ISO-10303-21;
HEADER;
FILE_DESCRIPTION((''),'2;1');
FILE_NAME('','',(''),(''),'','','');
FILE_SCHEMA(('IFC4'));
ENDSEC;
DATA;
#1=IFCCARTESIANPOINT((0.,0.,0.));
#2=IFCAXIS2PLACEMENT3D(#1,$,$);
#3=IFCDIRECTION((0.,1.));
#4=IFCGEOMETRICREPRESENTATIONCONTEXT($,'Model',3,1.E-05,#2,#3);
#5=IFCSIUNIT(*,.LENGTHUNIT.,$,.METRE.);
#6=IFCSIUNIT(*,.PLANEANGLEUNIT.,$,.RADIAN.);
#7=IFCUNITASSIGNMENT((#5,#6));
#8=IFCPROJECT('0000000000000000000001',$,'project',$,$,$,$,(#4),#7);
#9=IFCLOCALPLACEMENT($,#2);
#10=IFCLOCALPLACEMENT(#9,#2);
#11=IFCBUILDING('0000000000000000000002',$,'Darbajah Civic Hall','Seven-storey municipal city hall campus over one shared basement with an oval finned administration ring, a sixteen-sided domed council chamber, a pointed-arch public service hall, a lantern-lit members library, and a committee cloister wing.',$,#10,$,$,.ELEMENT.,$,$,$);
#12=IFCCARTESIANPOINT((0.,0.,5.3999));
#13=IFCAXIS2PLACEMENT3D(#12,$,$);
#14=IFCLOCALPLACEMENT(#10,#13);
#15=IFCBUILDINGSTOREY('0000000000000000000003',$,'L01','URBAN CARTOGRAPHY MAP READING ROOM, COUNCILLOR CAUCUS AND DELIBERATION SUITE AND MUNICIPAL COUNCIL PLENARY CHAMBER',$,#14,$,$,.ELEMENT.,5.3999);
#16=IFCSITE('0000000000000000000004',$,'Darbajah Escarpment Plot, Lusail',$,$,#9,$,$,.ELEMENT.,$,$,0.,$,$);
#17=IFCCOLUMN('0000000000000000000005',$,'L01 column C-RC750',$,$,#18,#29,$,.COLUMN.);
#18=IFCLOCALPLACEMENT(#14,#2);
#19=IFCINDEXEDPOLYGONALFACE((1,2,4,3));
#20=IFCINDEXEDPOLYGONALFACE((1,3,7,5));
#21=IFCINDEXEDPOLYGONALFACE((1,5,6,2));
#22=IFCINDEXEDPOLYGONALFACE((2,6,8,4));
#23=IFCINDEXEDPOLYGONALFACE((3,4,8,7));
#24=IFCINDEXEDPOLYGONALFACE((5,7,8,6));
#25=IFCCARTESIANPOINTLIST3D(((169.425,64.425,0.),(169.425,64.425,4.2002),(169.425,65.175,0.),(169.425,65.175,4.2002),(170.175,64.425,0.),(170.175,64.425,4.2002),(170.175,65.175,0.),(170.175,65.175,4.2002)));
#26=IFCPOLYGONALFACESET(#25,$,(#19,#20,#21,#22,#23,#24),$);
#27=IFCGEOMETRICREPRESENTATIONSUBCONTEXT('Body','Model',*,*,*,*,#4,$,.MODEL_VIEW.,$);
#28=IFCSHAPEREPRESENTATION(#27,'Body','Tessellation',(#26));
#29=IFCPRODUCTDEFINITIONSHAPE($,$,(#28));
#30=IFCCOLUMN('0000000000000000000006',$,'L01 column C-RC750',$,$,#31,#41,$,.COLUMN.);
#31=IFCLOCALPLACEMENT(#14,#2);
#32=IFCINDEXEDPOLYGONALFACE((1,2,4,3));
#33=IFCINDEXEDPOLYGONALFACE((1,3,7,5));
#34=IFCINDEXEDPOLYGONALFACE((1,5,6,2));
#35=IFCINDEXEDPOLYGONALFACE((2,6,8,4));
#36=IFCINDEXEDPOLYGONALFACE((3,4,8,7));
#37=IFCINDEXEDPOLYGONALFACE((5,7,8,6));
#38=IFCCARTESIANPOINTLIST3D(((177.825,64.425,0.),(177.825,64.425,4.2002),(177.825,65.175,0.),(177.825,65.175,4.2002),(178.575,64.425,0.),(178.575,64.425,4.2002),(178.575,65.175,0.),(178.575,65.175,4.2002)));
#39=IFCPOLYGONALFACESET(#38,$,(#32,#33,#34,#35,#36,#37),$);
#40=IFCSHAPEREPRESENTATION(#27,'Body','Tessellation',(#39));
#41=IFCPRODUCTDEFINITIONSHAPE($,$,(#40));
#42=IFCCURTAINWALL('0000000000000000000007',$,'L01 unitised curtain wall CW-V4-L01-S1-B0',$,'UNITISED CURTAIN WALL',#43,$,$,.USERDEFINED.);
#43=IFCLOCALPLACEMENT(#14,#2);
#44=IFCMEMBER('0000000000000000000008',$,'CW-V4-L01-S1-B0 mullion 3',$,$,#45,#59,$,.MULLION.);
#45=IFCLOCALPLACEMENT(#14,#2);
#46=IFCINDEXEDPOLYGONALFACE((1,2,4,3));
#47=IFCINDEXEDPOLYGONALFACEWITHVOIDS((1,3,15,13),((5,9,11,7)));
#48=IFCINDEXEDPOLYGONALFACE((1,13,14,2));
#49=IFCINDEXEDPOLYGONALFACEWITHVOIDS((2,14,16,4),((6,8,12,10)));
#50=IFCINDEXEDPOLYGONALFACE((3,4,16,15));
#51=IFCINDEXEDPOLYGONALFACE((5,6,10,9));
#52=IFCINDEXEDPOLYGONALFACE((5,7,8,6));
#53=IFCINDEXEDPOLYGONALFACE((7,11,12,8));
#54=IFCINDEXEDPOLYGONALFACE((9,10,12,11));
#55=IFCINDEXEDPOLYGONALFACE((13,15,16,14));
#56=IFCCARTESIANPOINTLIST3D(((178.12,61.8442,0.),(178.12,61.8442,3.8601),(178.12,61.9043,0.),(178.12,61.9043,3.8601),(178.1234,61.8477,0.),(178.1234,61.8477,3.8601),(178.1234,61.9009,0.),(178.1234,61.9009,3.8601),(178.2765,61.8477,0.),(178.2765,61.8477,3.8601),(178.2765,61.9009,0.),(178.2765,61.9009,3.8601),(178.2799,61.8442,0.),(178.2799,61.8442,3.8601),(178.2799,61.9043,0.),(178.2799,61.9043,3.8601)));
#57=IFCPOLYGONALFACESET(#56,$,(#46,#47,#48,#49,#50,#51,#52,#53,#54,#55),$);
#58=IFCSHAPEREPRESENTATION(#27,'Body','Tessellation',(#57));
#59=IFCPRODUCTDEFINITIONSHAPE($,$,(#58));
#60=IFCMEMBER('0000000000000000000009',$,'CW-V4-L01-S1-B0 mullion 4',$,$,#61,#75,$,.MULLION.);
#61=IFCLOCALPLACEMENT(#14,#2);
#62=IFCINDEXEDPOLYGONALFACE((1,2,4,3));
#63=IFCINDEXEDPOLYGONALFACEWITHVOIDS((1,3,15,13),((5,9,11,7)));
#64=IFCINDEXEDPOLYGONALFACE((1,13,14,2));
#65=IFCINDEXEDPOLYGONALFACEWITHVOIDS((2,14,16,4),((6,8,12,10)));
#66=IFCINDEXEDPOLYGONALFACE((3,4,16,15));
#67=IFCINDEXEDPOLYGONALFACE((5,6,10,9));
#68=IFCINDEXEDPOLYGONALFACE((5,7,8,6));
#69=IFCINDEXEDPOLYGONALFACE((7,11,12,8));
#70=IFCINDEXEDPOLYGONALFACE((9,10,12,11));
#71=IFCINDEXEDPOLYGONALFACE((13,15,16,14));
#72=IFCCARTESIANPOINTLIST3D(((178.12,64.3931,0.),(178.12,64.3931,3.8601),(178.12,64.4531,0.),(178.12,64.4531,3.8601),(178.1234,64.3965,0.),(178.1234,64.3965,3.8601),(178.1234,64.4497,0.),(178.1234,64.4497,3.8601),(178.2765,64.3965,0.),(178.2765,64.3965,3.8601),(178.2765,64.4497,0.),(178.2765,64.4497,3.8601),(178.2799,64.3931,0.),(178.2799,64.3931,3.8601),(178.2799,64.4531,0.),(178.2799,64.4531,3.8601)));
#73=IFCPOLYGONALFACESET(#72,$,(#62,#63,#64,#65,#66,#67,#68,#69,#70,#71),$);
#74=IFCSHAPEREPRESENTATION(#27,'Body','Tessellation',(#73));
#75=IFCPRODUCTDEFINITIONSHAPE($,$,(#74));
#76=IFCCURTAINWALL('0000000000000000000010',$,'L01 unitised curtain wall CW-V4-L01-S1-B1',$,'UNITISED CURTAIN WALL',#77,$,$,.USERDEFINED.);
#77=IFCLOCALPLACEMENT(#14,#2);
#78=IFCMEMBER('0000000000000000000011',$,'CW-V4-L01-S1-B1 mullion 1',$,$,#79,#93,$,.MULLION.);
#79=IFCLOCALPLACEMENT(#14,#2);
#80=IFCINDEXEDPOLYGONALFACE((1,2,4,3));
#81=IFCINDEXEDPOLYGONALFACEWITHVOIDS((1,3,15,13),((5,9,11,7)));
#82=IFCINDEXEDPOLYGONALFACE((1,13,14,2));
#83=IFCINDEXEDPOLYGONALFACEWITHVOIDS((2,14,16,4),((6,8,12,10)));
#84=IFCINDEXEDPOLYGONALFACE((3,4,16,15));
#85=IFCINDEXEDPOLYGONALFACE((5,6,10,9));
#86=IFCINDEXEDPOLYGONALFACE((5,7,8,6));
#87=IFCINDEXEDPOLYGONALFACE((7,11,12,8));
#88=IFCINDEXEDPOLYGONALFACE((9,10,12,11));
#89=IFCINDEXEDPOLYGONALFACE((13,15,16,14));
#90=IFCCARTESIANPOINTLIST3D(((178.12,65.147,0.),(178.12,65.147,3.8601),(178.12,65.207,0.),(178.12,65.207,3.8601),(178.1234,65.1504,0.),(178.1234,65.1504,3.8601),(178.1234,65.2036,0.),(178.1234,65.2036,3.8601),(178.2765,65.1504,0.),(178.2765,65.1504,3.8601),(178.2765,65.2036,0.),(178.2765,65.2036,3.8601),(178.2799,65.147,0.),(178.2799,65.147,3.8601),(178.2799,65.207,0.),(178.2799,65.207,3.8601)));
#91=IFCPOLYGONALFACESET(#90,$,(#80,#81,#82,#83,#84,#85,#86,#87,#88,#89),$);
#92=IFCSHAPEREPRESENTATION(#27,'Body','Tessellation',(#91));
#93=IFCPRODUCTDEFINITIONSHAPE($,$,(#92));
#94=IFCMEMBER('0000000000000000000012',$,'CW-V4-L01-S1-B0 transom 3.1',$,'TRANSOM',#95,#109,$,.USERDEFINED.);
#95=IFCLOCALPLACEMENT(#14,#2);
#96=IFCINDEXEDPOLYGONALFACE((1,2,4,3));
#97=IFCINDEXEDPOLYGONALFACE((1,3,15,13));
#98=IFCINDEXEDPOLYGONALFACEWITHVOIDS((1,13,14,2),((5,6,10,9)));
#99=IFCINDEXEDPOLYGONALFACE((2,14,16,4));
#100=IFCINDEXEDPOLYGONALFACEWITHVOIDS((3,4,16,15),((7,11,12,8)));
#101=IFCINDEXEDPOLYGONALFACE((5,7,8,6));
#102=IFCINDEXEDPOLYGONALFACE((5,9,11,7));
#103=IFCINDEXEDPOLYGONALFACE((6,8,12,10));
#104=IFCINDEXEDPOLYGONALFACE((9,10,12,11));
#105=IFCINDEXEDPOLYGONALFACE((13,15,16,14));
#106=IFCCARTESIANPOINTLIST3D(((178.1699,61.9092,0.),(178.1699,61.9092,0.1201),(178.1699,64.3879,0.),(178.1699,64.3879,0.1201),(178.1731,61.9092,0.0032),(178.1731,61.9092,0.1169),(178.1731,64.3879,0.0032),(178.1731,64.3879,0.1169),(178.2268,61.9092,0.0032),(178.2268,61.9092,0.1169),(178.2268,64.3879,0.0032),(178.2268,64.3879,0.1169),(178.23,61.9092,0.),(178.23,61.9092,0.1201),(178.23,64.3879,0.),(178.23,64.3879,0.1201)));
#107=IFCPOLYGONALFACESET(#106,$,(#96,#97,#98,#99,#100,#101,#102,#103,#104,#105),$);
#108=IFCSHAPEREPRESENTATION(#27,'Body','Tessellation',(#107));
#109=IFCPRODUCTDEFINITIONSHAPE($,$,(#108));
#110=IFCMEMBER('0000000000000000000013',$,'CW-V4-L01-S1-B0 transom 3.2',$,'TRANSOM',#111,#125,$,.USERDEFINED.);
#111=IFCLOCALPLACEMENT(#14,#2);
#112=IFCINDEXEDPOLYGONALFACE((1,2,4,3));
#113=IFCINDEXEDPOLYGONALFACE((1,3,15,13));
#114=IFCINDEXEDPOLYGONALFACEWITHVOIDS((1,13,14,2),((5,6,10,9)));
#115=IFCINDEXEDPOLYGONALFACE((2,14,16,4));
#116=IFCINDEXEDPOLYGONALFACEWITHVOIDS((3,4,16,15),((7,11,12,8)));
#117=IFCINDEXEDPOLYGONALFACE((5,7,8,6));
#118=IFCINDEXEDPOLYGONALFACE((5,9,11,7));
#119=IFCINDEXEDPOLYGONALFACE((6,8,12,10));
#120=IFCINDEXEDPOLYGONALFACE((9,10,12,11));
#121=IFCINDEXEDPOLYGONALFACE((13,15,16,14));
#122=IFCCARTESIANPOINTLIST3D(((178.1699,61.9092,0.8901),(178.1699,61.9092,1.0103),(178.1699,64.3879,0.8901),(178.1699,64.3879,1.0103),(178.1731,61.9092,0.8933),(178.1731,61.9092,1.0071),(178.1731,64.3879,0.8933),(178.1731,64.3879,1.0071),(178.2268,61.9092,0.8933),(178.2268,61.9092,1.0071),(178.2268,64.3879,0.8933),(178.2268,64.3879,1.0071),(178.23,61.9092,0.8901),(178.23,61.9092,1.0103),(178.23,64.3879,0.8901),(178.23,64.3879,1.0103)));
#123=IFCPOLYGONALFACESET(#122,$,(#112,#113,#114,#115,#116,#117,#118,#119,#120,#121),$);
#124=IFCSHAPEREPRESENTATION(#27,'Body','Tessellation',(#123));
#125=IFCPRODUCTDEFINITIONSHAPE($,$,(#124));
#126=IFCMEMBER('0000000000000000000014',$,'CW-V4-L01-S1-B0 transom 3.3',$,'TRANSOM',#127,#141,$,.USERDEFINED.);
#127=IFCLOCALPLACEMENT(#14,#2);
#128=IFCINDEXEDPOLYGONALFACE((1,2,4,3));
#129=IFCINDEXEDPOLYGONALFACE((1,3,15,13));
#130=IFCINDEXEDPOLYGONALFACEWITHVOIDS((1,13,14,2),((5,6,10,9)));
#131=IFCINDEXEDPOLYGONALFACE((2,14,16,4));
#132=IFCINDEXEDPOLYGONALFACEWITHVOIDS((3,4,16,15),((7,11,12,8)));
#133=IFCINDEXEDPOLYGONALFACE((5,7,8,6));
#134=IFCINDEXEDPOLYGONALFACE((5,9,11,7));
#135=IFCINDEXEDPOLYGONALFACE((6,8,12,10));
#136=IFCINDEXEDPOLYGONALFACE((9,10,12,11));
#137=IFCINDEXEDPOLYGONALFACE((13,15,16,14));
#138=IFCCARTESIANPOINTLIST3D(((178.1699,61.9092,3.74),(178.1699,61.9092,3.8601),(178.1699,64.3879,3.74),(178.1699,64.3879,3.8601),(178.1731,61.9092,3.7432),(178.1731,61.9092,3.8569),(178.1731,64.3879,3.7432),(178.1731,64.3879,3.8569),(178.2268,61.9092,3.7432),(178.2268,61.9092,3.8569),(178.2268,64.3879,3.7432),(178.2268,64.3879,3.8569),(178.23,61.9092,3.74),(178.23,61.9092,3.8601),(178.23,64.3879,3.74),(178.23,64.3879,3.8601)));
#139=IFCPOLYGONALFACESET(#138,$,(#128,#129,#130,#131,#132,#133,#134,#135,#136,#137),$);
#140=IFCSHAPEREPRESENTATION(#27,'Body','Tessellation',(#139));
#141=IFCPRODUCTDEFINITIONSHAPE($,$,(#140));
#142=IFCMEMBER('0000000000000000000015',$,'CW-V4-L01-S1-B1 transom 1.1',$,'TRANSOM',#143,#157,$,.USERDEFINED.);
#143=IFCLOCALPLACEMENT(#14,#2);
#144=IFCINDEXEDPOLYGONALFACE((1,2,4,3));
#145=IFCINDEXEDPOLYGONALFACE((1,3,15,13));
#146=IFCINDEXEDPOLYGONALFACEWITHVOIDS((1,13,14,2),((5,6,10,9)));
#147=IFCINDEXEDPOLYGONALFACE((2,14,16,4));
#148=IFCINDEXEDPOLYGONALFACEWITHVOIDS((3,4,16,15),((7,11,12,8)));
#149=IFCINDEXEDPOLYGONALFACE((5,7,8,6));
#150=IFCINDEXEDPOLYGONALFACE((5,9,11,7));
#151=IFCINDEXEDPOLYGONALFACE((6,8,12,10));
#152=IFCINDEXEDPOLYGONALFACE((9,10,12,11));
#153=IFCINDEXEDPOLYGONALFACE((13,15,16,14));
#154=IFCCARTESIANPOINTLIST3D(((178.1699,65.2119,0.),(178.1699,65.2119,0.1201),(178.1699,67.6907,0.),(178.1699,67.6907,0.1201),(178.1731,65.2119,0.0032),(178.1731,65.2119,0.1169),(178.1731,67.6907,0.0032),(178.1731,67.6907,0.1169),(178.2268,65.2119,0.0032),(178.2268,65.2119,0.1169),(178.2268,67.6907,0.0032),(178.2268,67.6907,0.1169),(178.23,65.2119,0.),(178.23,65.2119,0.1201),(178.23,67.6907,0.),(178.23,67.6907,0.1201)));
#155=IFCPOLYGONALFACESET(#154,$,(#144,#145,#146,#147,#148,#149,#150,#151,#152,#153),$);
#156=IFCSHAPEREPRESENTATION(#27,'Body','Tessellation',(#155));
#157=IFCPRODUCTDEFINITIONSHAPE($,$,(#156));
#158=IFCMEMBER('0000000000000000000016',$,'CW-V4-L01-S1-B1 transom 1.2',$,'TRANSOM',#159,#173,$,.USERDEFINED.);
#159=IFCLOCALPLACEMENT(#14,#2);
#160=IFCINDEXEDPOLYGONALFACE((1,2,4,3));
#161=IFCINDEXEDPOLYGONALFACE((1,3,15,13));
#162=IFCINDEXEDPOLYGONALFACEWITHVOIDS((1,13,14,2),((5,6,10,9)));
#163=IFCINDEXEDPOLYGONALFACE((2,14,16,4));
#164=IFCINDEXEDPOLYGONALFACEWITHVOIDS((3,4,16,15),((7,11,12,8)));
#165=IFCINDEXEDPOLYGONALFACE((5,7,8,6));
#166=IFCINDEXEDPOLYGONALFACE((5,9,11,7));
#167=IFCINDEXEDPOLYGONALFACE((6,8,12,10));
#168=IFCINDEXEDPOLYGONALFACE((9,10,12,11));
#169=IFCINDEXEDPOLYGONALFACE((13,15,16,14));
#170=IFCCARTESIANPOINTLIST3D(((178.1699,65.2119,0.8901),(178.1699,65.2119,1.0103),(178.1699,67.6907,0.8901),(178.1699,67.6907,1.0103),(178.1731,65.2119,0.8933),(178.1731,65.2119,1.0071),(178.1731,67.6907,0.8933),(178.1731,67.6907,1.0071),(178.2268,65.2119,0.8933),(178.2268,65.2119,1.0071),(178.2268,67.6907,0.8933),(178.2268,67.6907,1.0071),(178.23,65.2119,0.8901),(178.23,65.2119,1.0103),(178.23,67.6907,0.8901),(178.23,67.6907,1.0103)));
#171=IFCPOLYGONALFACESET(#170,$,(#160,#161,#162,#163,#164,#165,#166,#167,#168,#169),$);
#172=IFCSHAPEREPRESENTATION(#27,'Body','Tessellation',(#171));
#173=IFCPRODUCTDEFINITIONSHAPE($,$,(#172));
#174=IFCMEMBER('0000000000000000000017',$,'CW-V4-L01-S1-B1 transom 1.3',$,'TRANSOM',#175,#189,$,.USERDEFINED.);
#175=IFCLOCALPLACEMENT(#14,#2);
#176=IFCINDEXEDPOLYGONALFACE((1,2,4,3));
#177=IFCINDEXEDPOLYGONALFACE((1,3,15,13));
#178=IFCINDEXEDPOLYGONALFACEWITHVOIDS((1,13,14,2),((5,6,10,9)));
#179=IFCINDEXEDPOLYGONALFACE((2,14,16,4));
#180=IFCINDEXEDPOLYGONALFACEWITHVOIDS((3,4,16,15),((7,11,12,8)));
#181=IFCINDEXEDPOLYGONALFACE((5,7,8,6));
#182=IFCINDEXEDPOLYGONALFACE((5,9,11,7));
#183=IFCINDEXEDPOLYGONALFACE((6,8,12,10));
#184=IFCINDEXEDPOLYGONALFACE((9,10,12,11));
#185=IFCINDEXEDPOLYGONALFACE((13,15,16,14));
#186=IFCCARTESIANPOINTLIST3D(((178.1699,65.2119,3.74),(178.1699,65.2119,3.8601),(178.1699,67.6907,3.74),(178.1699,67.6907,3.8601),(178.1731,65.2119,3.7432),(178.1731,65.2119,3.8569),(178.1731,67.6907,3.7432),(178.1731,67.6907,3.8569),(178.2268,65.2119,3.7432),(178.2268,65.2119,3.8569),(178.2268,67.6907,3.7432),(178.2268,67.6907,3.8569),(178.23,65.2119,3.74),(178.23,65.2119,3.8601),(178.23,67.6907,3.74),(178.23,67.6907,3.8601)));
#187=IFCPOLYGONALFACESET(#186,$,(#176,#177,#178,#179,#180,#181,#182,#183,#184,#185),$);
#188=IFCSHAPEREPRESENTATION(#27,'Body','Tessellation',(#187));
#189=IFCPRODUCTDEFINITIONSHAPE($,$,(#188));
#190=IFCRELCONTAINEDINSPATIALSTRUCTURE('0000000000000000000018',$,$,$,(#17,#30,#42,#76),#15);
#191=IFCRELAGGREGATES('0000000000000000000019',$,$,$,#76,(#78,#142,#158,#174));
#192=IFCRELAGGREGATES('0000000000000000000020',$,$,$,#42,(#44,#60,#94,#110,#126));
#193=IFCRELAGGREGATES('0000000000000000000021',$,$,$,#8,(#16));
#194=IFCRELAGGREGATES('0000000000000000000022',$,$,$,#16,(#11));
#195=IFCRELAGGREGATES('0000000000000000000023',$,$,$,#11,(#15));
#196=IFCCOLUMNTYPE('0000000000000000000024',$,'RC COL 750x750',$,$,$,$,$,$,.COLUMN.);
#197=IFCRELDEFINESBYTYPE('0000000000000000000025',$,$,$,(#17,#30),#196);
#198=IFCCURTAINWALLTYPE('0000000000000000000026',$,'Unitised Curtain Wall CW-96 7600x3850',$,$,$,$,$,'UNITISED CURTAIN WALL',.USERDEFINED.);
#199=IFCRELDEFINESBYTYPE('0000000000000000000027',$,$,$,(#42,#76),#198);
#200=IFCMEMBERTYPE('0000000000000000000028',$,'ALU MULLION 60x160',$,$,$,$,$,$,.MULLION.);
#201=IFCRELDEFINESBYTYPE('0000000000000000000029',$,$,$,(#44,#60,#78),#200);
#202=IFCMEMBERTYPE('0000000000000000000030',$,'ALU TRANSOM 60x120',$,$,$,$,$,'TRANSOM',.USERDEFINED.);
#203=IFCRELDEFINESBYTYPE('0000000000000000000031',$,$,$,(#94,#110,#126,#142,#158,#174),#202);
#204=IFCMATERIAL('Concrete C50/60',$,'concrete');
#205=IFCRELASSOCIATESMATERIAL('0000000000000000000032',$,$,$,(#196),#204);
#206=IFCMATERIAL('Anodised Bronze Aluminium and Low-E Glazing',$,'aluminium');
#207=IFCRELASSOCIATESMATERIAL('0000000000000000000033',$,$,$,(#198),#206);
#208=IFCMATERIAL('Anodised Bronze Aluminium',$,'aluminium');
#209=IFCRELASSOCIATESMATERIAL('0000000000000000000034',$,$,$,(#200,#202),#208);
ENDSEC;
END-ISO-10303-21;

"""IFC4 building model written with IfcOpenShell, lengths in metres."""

from ifc_helpers import new_model, si_unit, direction, frame, origin, origin_2d, place, context, subcontext, project, spatial, rectangle, hollow_rectangle, extrude, material, material_profile, profile_set, type_object, element, aggregate, save


model = new_model("IFC4")

# Units and contexts
model_context = context("Model", 3, precision=1e-05, world=origin(), true_north=direction((0.0, 1.0)))
body_context = subcontext(model_context, "Body", "Model", "MODEL_VIEW")
ifc_project = project(units=[si_unit("LENGTHUNIT", "METRE"), si_unit("PLANEANGLEUNIT", "RADIAN")], contexts=[model_context])

# Site, building, storey
site_placement = place(None, origin())
site = spatial("IfcSite", under=ifc_project, at=site_placement, Name="Darbajah Escarpment Plot, Lusail", CompositionType="ELEMENT", RefElevation=0.0)
building_placement = place(site_placement, origin())
building = spatial("IfcBuilding", under=site, at=building_placement, Name="Darbajah Civic Hall", Description="Seven-storey municipal city hall campus over one shared basement with an oval finned administration ring, a sixteen-sided domed council chamber, a pointed-arch public service hall, a lantern-lit members library, and a committee cloister wing.", CompositionType="ELEMENT")
storey_placement = place(building_placement, frame((0.0, 0.0, 5.3999)))
storey = spatial("IfcBuildingStorey", under=building, at=storey_placement, Name="L01", Description="URBAN CARTOGRAPHY MAP READING ROOM, COUNCILLOR CAUCUS AND DELIBERATION SUITE AND MUNICIPAL COUNCIL PLENARY CHAMBER", CompositionType="ELEMENT", Elevation=5.3999)

# Columns
ifc_material_1 = material(Name="Concrete C50/60", Category="concrete")
ifc_material_profile_1 = material_profile(ifc_material_1, rectangle(XDim=0.75, YDim=0.75, at=origin_2d()), Name="RC COL 750x750")
ifc_profile_set_1 = profile_set([ifc_material_profile_1], Name="Concrete C50/60")
column_type = type_object("IfcColumnType", Name="RC COL 750x750", PredefinedType="COLUMN", material=ifc_profile_set_1)
for number, where, z_axis, x_axis, name in (
    (1, (169.8, 64.8, 0.0), (0.0, 0.0, 1.0), (1.0, 0.0, 0.0), "L01 column C-RC750"),
    (2, (178.2, 64.8, 0.0), (0.0, 0.0, 1.0), (1.0, 0.0, 0.0), "L01 column C-RC750"),
):
    element("IfcColumn", number, at=place(storey_placement, frame(where, z_axis=z_axis, x_axis=x_axis)), inside=storey, type_object=column_type, Name=name, PredefinedType="COLUMN", context=body_context, shape_type="SweptSolid", body=[
        extrude(rectangle(XDim=0.75, YDim=0.75, at=origin_2d()), origin(), (0.0, 0.0, 1.0), 4.2002),
    ])

# Curtain wall, members
ifc_material_2 = material(Name="Anodised Bronze Aluminium and Low-E Glazing", Category="aluminium")
curtain_wall_type = type_object("IfcCurtainWallType", Name="Unitised Curtain Wall CW-96 7600x3850", ElementType="UNITISED CURTAIN WALL", PredefinedType="USERDEFINED", material=ifc_material_2)
curtain_wall_1_placement = place(storey_placement, origin())
curtain_wall_1 = element("IfcCurtainWall", 3, at=curtain_wall_1_placement, inside=storey, type_object=curtain_wall_type, Name="L01 unitised curtain wall CW-V4-L01-S1-B0", ObjectType="UNITISED CURTAIN WALL", PredefinedType="USERDEFINED")
ifc_material_3 = material(Name="Anodised Bronze Aluminium", Category="aluminium")
ifc_material_profile_2 = material_profile(ifc_material_3, hollow_rectangle(XDim=0.0601, YDim=0.1599, WallThickness=0.0034, at=origin_2d()), Name="ALU MULLION 60x160")
ifc_profile_set_2 = profile_set([ifc_material_profile_2], Name="Anodised Bronze Aluminium")
member_type_1 = type_object("IfcMemberType", Name="ALU MULLION 60x160", PredefinedType="MULLION", material=ifc_profile_set_2)
member_1_placement = place(storey_placement, frame((178.2, 61.8743, 0.0), z_axis=(0.0, 0.0, 1.0), x_axis=(0.0, 1.0, 0.0)))
member_1 = element("IfcMember", 4, at=member_1_placement, type_object=member_type_1, Name="CW-V4-L01-S1-B0 mullion 3", PredefinedType="MULLION", context=body_context, shape_type="SweptSolid", body=[
    extrude(hollow_rectangle(XDim=0.0601, YDim=0.1599, WallThickness=0.0034, at=origin_2d()), origin(), (0.0, 0.0, 1.0), 3.8601),
])
member_2_placement = place(storey_placement, frame((178.2, 64.4231, 0.0), z_axis=(0.0, 0.0, 1.0), x_axis=(0.0, 1.0, 0.0)))
member_2 = element("IfcMember", 5, at=member_2_placement, type_object=member_type_1, Name="CW-V4-L01-S1-B0 mullion 4", PredefinedType="MULLION", context=body_context, shape_type="SweptSolid", body=[
    extrude(hollow_rectangle(XDim=0.0601, YDim=0.1599, WallThickness=0.0034, at=origin_2d()), origin(), (0.0, 0.0, 1.0), 3.8601),
])

# Curtain wall, member
curtain_wall_2_placement = place(storey_placement, origin())
curtain_wall_2 = element("IfcCurtainWall", 6, at=curtain_wall_2_placement, inside=storey, type_object=curtain_wall_type, Name="L01 unitised curtain wall CW-V4-L01-S1-B1", ObjectType="UNITISED CURTAIN WALL", PredefinedType="USERDEFINED")
member_3_placement = place(storey_placement, frame((178.2, 65.177, 0.0), z_axis=(0.0, 0.0, 1.0), x_axis=(0.0, 1.0, 0.0)))
member_3 = element("IfcMember", 7, at=member_3_placement, type_object=member_type_1, Name="CW-V4-L01-S1-B1 mullion 1", PredefinedType="MULLION", context=body_context, shape_type="SweptSolid", body=[
    extrude(hollow_rectangle(XDim=0.0601, YDim=0.1599, WallThickness=0.0034, at=origin_2d()), origin(), (0.0, 0.0, 1.0), 3.8601),
])

# Members
ifc_material_profile_3 = material_profile(ifc_material_3, hollow_rectangle(XDim=0.0601, YDim=0.1201, WallThickness=0.0032, at=origin_2d()), Name="ALU TRANSOM 60x120")
ifc_profile_set_3 = profile_set([ifc_material_profile_3], Name="Anodised Bronze Aluminium")
member_type_2 = type_object("IfcMemberType", Name="ALU TRANSOM 60x120", ElementType="TRANSOM", PredefinedType="USERDEFINED", material=ifc_profile_set_3)
member_4_placement = place(storey_placement, frame((178.2, 61.9092, 0.0601), z_axis=(0.0, 1.0, 0.0), x_axis=(-1.0, 0.0, 0.0)))
member_4 = element("IfcMember", 8, at=member_4_placement, type_object=member_type_2, Name="CW-V4-L01-S1-B0 transom 3.1", ObjectType="TRANSOM", PredefinedType="USERDEFINED", context=body_context, shape_type="SweptSolid", body=[
    extrude(hollow_rectangle(XDim=0.0601, YDim=0.1201, WallThickness=0.0032, at=origin_2d()), origin(), (0.0, 0.0, 1.0), 2.4788),
])
member_5_placement = place(storey_placement, frame((178.2, 61.9092, 0.9502), z_axis=(0.0, 1.0, 0.0), x_axis=(-1.0, 0.0, 0.0)))
member_5 = element("IfcMember", 9, at=member_5_placement, type_object=member_type_2, Name="CW-V4-L01-S1-B0 transom 3.2", ObjectType="TRANSOM", PredefinedType="USERDEFINED", context=body_context, shape_type="SweptSolid", body=[
    extrude(hollow_rectangle(XDim=0.0601, YDim=0.1201, WallThickness=0.0032, at=origin_2d()), origin(), (0.0, 0.0, 1.0), 2.4788),
])
member_6_placement = place(storey_placement, frame((178.2, 61.9092, 3.8), z_axis=(0.0, 1.0, 0.0), x_axis=(-1.0, 0.0, 0.0)))
member_6 = element("IfcMember", 10, at=member_6_placement, type_object=member_type_2, Name="CW-V4-L01-S1-B0 transom 3.3", ObjectType="TRANSOM", PredefinedType="USERDEFINED", context=body_context, shape_type="SweptSolid", body=[
    extrude(hollow_rectangle(XDim=0.0601, YDim=0.1201, WallThickness=0.0032, at=origin_2d()), origin(), (0.0, 0.0, 1.0), 2.4788),
])
member_7_placement = place(storey_placement, frame((178.2, 65.2119, 0.0601), z_axis=(0.0, 1.0, 0.0), x_axis=(-1.0, 0.0, 0.0)))
member_7 = element("IfcMember", 11, at=member_7_placement, type_object=member_type_2, Name="CW-V4-L01-S1-B1 transom 1.1", ObjectType="TRANSOM", PredefinedType="USERDEFINED", context=body_context, shape_type="SweptSolid", body=[
    extrude(hollow_rectangle(XDim=0.0601, YDim=0.1201, WallThickness=0.0032, at=origin_2d()), origin(), (0.0, 0.0, 1.0), 2.4788),
])
member_8_placement = place(storey_placement, frame((178.2, 65.2119, 0.9502), z_axis=(0.0, 1.0, 0.0), x_axis=(-1.0, 0.0, 0.0)))
member_8 = element("IfcMember", 12, at=member_8_placement, type_object=member_type_2, Name="CW-V4-L01-S1-B1 transom 1.2", ObjectType="TRANSOM", PredefinedType="USERDEFINED", context=body_context, shape_type="SweptSolid", body=[
    extrude(hollow_rectangle(XDim=0.0601, YDim=0.1201, WallThickness=0.0032, at=origin_2d()), origin(), (0.0, 0.0, 1.0), 2.4788),
])
member_9_placement = place(storey_placement, frame((178.2, 65.2119, 3.8), z_axis=(0.0, 1.0, 0.0), x_axis=(-1.0, 0.0, 0.0)))
member_9 = element("IfcMember", 13, at=member_9_placement, type_object=member_type_2, Name="CW-V4-L01-S1-B1 transom 1.3", ObjectType="TRANSOM", PredefinedType="USERDEFINED", context=body_context, shape_type="SweptSolid", body=[
    extrude(hollow_rectangle(XDim=0.0601, YDim=0.1201, WallThickness=0.0032, at=origin_2d()), origin(), (0.0, 0.0, 1.0), 2.4788),
])
aggregate(curtain_wall_2, [member_3, member_7, member_8, member_9])

aggregate(curtain_wall_1, [member_1, member_2, member_4, member_5, member_6])

save(model, "model.ifc")
